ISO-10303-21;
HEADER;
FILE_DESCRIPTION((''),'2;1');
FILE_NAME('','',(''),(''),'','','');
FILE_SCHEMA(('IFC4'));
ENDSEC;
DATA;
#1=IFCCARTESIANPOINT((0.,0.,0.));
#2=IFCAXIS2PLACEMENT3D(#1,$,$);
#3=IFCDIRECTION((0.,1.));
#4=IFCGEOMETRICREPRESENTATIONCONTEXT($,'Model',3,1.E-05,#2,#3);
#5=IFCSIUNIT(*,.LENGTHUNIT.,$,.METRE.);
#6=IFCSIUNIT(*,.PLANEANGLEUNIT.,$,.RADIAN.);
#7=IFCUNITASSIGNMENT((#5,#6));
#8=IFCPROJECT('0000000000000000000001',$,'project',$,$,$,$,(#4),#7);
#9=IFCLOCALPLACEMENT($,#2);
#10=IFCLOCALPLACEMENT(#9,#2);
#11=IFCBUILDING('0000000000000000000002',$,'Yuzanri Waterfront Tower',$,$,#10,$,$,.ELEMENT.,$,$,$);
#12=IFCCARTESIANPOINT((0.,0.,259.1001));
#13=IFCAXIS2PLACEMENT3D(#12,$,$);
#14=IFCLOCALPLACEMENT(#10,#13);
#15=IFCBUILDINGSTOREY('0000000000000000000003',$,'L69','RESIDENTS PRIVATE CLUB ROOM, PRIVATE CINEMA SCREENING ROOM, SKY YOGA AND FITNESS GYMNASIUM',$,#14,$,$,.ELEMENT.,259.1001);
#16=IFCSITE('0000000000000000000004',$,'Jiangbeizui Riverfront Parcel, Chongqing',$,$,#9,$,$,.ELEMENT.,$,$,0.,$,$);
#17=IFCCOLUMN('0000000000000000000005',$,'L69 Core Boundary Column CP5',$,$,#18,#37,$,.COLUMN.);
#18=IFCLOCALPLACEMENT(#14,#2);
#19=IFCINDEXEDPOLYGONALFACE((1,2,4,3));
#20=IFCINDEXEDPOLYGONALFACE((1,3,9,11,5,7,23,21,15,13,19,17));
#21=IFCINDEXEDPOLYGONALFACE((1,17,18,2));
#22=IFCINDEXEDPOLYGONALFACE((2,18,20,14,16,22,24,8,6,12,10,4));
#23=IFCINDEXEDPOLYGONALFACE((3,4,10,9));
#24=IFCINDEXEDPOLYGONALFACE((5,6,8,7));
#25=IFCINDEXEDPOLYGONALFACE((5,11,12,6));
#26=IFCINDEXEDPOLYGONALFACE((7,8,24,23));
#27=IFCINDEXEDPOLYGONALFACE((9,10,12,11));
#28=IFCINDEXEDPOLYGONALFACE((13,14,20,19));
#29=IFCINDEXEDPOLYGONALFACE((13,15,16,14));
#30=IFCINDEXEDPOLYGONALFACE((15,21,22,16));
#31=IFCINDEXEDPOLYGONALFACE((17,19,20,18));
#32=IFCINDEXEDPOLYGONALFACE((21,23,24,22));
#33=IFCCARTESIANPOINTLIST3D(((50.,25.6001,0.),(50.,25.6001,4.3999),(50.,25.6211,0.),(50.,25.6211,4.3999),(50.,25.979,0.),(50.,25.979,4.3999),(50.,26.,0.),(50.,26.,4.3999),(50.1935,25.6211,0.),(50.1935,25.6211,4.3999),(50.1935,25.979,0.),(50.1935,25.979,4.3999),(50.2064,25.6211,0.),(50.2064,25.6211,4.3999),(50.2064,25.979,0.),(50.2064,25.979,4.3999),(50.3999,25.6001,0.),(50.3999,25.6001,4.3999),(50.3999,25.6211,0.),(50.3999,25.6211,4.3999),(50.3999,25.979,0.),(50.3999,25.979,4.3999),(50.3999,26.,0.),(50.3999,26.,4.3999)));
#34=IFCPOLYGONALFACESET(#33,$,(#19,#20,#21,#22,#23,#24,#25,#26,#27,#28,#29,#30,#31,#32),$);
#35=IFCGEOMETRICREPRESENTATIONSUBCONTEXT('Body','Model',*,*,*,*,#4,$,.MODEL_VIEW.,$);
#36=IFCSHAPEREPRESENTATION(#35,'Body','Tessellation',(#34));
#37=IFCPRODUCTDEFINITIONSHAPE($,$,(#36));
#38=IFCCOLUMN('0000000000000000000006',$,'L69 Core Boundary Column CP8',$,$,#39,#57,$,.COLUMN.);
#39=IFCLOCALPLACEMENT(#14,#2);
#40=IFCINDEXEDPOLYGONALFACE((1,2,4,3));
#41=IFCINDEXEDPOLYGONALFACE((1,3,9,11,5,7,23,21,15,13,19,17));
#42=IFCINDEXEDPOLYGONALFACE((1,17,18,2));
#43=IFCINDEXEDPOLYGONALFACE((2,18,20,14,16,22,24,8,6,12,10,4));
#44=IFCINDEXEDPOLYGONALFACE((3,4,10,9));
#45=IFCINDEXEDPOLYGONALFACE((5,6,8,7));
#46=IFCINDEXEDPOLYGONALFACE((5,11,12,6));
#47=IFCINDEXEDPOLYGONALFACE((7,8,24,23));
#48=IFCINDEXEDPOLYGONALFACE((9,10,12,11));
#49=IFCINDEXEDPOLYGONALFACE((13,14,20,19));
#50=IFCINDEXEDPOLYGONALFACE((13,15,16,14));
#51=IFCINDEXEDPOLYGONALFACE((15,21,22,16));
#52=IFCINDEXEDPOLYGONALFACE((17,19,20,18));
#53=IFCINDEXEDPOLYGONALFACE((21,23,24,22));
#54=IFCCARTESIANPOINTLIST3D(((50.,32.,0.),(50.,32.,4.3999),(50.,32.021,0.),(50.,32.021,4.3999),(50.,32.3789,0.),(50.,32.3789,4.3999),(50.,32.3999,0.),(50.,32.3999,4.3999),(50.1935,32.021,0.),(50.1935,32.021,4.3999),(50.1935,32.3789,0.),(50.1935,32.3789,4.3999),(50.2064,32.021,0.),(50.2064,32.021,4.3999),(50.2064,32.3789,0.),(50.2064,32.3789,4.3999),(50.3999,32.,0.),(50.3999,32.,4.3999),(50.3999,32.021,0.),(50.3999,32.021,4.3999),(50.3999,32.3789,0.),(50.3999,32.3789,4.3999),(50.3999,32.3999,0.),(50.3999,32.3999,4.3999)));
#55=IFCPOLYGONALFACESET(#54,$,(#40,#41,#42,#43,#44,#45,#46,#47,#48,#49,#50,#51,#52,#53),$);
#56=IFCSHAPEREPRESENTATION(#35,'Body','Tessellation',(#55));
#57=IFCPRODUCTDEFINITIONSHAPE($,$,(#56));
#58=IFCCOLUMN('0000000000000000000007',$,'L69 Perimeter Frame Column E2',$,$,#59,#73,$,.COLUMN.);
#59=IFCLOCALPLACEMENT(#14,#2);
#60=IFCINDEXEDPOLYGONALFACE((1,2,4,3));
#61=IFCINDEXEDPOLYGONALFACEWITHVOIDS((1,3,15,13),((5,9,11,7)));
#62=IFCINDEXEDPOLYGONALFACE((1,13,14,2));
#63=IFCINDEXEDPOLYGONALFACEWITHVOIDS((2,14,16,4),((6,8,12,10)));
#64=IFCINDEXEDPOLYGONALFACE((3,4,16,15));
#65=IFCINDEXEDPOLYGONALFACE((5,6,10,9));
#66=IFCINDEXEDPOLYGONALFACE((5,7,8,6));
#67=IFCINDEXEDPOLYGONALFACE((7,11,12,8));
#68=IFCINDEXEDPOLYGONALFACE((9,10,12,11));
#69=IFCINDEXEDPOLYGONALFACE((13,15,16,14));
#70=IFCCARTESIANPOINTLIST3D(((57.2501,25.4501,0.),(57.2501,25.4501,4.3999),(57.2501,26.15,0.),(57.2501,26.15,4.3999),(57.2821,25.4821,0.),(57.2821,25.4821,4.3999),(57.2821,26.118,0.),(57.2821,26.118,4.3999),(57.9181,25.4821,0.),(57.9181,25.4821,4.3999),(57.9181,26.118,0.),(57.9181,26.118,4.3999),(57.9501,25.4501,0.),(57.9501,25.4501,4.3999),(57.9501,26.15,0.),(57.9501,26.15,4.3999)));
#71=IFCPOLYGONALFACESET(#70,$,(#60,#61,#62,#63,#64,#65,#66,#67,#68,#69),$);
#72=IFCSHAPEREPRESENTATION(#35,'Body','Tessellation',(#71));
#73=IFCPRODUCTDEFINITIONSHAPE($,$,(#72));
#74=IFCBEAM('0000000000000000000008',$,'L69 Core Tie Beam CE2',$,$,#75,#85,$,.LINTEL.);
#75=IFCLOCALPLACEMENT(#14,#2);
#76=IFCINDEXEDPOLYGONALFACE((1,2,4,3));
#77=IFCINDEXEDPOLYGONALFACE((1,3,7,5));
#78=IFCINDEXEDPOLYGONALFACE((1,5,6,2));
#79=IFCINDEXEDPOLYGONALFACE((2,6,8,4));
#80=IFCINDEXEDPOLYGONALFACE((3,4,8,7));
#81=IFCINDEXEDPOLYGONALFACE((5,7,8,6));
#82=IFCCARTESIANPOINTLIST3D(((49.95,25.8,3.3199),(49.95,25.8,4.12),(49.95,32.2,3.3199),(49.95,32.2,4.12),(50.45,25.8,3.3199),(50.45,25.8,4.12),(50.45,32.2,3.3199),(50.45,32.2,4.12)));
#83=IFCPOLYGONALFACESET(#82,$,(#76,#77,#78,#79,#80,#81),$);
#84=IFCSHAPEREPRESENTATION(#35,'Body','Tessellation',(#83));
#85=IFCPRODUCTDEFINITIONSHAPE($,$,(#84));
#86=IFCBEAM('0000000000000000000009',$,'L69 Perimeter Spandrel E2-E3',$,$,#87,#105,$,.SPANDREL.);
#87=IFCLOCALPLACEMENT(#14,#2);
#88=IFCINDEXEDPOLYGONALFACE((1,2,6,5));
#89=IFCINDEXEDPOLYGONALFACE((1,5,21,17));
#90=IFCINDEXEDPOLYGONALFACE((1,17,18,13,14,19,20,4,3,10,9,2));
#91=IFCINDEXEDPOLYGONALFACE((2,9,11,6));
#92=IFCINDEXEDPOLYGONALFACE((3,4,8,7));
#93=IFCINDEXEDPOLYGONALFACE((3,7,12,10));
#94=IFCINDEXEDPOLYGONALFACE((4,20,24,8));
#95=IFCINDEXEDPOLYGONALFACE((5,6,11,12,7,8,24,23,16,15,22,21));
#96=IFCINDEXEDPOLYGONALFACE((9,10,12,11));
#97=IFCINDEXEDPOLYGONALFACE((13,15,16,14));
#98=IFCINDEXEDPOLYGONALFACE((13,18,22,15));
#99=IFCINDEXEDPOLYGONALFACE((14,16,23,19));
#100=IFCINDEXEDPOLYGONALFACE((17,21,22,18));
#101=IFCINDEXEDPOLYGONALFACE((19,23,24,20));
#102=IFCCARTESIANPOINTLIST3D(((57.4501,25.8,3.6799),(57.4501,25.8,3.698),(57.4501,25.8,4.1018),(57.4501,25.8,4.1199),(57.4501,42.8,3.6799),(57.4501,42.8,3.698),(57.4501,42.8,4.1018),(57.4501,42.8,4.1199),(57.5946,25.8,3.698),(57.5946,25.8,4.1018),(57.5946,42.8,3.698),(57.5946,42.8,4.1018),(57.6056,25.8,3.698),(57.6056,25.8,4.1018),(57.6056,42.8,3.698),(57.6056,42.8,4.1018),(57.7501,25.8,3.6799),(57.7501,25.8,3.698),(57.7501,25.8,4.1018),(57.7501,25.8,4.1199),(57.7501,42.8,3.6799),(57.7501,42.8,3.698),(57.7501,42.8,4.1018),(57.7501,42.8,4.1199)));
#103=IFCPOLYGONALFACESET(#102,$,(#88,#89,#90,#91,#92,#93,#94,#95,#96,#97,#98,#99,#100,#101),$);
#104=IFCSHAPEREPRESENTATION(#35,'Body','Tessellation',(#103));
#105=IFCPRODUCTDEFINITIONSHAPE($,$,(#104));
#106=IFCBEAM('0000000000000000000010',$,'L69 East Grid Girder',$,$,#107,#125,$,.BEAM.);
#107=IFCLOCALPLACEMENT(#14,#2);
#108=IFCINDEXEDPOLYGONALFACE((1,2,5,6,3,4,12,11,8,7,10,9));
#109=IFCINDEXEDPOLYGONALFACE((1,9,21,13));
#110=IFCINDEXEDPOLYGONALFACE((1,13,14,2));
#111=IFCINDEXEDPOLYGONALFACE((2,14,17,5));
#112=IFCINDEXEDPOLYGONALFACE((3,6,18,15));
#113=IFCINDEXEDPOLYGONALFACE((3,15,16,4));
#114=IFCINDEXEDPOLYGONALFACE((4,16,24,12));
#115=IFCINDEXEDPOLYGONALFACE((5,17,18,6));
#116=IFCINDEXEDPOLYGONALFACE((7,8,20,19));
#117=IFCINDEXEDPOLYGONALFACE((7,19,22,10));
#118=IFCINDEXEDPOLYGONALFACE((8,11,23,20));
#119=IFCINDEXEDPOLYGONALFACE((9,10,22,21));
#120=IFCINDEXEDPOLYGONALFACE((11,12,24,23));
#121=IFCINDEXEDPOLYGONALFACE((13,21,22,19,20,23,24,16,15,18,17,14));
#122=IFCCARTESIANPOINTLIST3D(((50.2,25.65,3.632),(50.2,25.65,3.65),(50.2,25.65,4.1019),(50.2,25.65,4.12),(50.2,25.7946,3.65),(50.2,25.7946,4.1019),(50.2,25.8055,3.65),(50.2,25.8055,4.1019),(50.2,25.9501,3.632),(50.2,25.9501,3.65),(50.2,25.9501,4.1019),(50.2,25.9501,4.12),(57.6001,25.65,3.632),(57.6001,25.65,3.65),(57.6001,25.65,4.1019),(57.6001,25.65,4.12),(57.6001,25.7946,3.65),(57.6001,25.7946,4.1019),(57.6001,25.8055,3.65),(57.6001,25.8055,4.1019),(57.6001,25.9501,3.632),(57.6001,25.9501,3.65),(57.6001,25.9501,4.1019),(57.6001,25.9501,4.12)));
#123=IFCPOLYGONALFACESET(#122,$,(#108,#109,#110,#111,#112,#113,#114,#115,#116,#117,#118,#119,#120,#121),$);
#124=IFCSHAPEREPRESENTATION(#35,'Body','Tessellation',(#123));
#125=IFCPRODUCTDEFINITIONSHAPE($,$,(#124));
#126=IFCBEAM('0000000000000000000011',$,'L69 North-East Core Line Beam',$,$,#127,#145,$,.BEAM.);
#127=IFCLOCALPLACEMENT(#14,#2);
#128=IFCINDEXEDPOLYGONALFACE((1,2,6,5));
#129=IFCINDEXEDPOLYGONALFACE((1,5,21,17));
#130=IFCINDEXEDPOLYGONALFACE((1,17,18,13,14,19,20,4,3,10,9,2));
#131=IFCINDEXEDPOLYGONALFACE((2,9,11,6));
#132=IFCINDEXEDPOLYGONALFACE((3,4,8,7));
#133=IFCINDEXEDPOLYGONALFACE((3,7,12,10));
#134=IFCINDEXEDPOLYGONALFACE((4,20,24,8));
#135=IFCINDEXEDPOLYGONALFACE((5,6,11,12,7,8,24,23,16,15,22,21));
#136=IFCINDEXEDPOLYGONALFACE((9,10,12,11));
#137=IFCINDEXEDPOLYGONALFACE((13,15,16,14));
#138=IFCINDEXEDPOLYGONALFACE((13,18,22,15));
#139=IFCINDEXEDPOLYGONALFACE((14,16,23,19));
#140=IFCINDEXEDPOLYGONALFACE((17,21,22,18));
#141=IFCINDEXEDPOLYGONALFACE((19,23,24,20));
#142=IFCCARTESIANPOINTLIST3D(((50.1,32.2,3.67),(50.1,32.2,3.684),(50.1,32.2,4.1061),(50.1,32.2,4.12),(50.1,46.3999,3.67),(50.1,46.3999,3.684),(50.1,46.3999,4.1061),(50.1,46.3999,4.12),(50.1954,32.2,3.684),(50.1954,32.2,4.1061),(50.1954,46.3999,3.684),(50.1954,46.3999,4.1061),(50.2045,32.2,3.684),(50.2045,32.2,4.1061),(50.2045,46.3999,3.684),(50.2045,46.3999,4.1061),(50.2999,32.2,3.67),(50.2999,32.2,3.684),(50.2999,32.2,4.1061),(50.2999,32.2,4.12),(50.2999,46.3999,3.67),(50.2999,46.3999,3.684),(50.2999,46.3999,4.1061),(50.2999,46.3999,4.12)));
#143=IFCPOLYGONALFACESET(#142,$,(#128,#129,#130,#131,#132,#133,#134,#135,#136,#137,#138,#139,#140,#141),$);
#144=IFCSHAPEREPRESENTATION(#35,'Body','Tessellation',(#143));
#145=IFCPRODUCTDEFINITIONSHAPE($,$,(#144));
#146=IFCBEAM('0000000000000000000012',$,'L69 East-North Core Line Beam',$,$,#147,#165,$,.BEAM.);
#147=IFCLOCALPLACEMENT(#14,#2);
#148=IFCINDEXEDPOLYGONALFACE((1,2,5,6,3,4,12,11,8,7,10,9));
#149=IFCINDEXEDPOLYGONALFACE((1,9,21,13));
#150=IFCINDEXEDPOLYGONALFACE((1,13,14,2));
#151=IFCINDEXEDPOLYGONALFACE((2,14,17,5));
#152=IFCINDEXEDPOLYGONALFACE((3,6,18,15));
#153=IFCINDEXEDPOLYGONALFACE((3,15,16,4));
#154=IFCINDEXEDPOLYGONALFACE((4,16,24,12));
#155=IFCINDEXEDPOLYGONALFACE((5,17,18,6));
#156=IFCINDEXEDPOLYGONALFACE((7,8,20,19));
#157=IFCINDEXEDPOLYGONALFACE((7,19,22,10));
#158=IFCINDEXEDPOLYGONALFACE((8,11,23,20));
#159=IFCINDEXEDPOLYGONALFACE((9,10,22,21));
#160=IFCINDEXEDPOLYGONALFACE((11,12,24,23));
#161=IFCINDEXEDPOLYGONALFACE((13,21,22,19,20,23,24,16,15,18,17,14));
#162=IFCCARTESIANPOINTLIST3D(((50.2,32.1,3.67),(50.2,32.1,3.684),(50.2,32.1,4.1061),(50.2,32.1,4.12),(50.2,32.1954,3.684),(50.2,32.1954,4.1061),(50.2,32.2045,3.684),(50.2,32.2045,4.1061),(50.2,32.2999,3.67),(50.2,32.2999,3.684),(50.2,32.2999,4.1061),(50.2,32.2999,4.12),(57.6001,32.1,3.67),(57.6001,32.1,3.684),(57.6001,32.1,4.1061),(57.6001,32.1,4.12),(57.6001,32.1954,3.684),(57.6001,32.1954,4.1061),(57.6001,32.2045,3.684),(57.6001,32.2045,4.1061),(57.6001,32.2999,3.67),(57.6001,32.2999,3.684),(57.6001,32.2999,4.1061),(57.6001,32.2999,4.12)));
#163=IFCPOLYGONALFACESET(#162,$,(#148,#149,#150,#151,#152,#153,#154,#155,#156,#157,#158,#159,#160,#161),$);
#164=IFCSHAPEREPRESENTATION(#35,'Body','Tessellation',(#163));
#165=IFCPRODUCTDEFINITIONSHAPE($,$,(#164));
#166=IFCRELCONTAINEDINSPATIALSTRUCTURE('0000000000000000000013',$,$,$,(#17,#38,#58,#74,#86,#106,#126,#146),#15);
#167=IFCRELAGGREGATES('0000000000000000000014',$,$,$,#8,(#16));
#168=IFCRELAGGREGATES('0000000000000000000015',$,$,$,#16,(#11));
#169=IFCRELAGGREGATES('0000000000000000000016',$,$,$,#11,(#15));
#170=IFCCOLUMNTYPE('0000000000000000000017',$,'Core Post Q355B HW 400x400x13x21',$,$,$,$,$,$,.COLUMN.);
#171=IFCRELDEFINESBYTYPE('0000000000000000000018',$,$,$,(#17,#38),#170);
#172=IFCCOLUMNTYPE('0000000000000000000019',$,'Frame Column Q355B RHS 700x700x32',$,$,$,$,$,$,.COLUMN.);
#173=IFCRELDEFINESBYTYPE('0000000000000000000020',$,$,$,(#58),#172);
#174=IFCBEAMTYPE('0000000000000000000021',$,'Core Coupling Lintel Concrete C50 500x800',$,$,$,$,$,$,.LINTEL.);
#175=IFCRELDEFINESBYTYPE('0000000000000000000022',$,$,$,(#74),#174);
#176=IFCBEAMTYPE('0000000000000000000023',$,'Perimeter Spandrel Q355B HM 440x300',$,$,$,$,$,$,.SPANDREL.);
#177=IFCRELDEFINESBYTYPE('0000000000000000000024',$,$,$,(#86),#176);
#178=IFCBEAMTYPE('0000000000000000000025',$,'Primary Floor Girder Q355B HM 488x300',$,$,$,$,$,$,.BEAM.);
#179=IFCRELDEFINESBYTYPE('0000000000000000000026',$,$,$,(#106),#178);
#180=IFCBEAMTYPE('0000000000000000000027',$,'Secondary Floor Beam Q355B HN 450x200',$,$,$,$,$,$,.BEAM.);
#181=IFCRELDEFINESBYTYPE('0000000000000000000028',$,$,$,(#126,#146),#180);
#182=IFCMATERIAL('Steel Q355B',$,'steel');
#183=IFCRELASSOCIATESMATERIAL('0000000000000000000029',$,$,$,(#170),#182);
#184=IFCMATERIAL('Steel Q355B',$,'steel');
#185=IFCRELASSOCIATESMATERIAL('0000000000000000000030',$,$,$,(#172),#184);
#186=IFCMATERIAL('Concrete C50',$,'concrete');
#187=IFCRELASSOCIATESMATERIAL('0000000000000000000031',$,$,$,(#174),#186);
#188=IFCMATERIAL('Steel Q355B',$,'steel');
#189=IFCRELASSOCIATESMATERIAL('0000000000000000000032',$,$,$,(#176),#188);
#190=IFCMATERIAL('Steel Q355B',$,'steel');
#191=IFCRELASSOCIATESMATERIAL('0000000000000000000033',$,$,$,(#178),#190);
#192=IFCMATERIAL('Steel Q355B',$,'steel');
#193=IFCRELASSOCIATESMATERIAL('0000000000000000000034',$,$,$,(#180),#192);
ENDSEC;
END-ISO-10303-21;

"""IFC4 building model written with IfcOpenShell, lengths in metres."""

from ifc_helpers import new_model, si_unit, direction, frame, origin, origin_2d, place, context, subcontext, project, spatial, rectangle, hollow_rectangle, i_section, extrude, source, transform, mapped, material, material_profile, profile_set, type_object, element, save


model = new_model("IFC4")

# Units and contexts
model_context = context("Model", 3, precision=1e-05, world=origin(), true_north=direction((0.0, 1.0)))
body_context = subcontext(model_context, "Body", "Model", "MODEL_VIEW")
ifc_project = project(units=[si_unit("LENGTHUNIT", "METRE"), si_unit("PLANEANGLEUNIT", "RADIAN")], contexts=[model_context])

# Site, building, storey
site_placement = place(None, origin())
site = spatial("IfcSite", under=ifc_project, at=site_placement, Name="Jiangbeizui Riverfront Parcel, Chongqing", CompositionType="ELEMENT", RefElevation=0.0)
building_placement = place(site_placement, origin())
building = spatial("IfcBuilding", under=site, at=building_placement, Name="Yuzanri Waterfront Tower", CompositionType="ELEMENT")
storey_placement = place(building_placement, frame((0.0, 0.0, 259.1001)))
storey = spatial("IfcBuildingStorey", under=building, at=storey_placement, Name="L69", Description="RESIDENTS PRIVATE CLUB ROOM, PRIVATE CINEMA SCREENING ROOM, SKY YOGA AND FITNESS GYMNASIUM", CompositionType="ELEMENT", Elevation=259.1001)

# Columns
ifc_material_1 = material(Name="Steel Q355B", Category="steel")
ifc_material_profile_1 = material_profile(ifc_material_1, i_section(OverallWidth=0.3999, OverallDepth=0.3999, WebThickness=0.0129, FlangeThickness=0.021, at=origin_2d()), Name="HW 400x400x13x21")
ifc_profile_set_1 = profile_set([ifc_material_profile_1], Name="Steel Q355B")
column_type_1 = type_object("IfcColumnType", Name="Core Post Q355B HW 400x400x13x21", PredefinedType="COLUMN", material=ifc_profile_set_1)
shared_shape_1 = source(origin(), body_context, "Body", "SweptSolid", [
    extrude(i_section(OverallWidth=0.3999, OverallDepth=0.3999, WebThickness=0.0129, FlangeThickness=0.021, at=origin_2d()), origin(), (0.0, 0.0, 1.0), 4.3999),
])
for number, where, z_axis, x_axis, name in (
    (1, (50.2, 25.8, 0.0), (0.0, 0.0, 1.0), (1.0, 0.0, 0.0), "L69 Core Boundary Column CP5"),
    (2, (50.2, 32.2, 0.0), (0.0, 0.0, 1.0), (1.0, 0.0, 0.0), "L69 Core Boundary Column CP8"),
):
    element("IfcColumn", number, at=place(storey_placement, frame(where, z_axis=z_axis, x_axis=x_axis)), inside=storey, type_object=column_type_1, Name=name, PredefinedType="COLUMN", context=body_context, shape_type="MappedRepresentation", body=[
        mapped(shared_shape_1, transform((0.0, 0.0, 0.0), scale=1.0)),
    ])
ifc_material_2 = material(Name="Steel Q355B", Category="steel")
ifc_material_profile_2 = material_profile(ifc_material_2, hollow_rectangle(XDim=0.7, YDim=0.7, WallThickness=0.032, at=origin_2d()), Name="RHS 700x700x32")
ifc_profile_set_2 = profile_set([ifc_material_profile_2], Name="Steel Q355B")
column_type_2 = type_object("IfcColumnType", Name="Frame Column Q355B RHS 700x700x32", PredefinedType="COLUMN", material=ifc_profile_set_2)
shared_shape_2 = source(origin(), body_context, "Body", "SweptSolid", [
    extrude(hollow_rectangle(XDim=0.7, YDim=0.7, WallThickness=0.032, at=origin_2d()), origin(), (0.0, 0.0, 1.0), 4.3999),
])
column_placement = place(storey_placement, frame((57.6001, 25.8, 0.0), z_axis=(0.0, 0.0, 1.0), x_axis=(1.0, 0.0, 0.0)))
element("IfcColumn", 3, at=column_placement, inside=storey, type_object=column_type_2, Name="L69 Perimeter Frame Column E2", PredefinedType="COLUMN", context=body_context, shape_type="MappedRepresentation", body=[
    mapped(shared_shape_2, transform((0.0, 0.0, 0.0), scale=1.0)),
])

# Beams
ifc_material_3 = material(Name="Concrete C50", Category="concrete")
ifc_material_profile_3 = material_profile(ifc_material_3, rectangle(XDim=0.5, YDim=0.8, at=origin_2d()), Name="RC 500x800")
ifc_profile_set_3 = profile_set([ifc_material_profile_3], Name="Concrete C50")
beam_type_1 = type_object("IfcBeamType", Name="Core Coupling Lintel Concrete C50 500x800", PredefinedType="LINTEL", material=ifc_profile_set_3)
shared_shape_3 = source(origin(), body_context, "Body", "SweptSolid", [
    extrude(rectangle(XDim=0.5, YDim=0.8, at=origin_2d()), origin(), (0.0, 0.0, 1.0), 6.3999),
])
beam_1_placement = place(storey_placement, frame((50.2, 25.8, 3.72), z_axis=(0.0, 1.0, 0.0), x_axis=(-1.0, 0.0, 0.0)))
element("IfcBeam", 4, at=beam_1_placement, inside=storey, type_object=beam_type_1, Name="L69 Core Tie Beam CE2", PredefinedType="LINTEL", context=body_context, shape_type="MappedRepresentation", body=[
    mapped(shared_shape_3, transform((0.0, 0.0, 0.0), scale=1.0)),
])
ifc_material_4 = material(Name="Steel Q355B", Category="steel")
ifc_material_profile_4 = material_profile(ifc_material_4, i_section(OverallWidth=0.3, OverallDepth=0.4399, WebThickness=0.011, FlangeThickness=0.0181, at=origin_2d()), Name="HM 440x300x11x18")
ifc_profile_set_4 = profile_set([ifc_material_profile_4], Name="Steel Q355B")
beam_type_2 = type_object("IfcBeamType", Name="Perimeter Spandrel Q355B HM 440x300", PredefinedType="SPANDREL", material=ifc_profile_set_4)
shared_shape_4 = source(origin(), body_context, "Body", "SweptSolid", [
    extrude(i_section(OverallWidth=0.3, OverallDepth=0.4399, WebThickness=0.011, FlangeThickness=0.0181, at=origin_2d()), origin(), (0.0, 0.0, 1.0), 17.0),
])
beam_2_placement = place(storey_placement, frame((57.6001, 25.8, 3.8999), z_axis=(0.0, 1.0, 0.0), x_axis=(-1.0, 0.0, 0.0)))
element("IfcBeam", 5, at=beam_2_placement, inside=storey, type_object=beam_type_2, Name="L69 Perimeter Spandrel E2-E3", PredefinedType="SPANDREL", context=body_context, shape_type="MappedRepresentation", body=[
    mapped(shared_shape_4, transform((0.0, 0.0, 0.0), scale=1.0)),
])
ifc_material_5 = material(Name="Steel Q355B", Category="steel")
ifc_material_profile_5 = material_profile(ifc_material_5, i_section(OverallWidth=0.3, OverallDepth=0.488, WebThickness=0.011, FlangeThickness=0.0181, at=origin_2d()), Name="HM 488x300x11x18")
ifc_profile_set_5 = profile_set([ifc_material_profile_5], Name="Steel Q355B")
beam_type_3 = type_object("IfcBeamType", Name="Primary Floor Girder Q355B HM 488x300", PredefinedType="BEAM", material=ifc_profile_set_5)
shared_shape_5 = source(origin(), body_context, "Body", "SweptSolid", [
    extrude(i_section(OverallWidth=0.3, OverallDepth=0.488, WebThickness=0.011, FlangeThickness=0.0181, at=origin_2d()), origin(), (0.0, 0.0, 1.0), 7.4001),
])
beam_3_placement = place(storey_placement, frame((50.2, 25.8, 3.876), z_axis=(1.0, 0.0, 0.0), x_axis=(0.0, 1.0, 0.0)))
element("IfcBeam", 6, at=beam_3_placement, inside=storey, type_object=beam_type_3, Name="L69 East Grid Girder", PredefinedType="BEAM", context=body_context, shape_type="MappedRepresentation", body=[
    mapped(shared_shape_5, transform((0.0, 0.0, 0.0), scale=1.0)),
])
ifc_material_6 = material(Name="Steel Q355B", Category="steel")
ifc_material_profile_6 = material_profile(ifc_material_6, i_section(OverallWidth=0.2, OverallDepth=0.45, WebThickness=0.009, FlangeThickness=0.0139, at=origin_2d()), Name="HN 450x200x9x14")
ifc_profile_set_6 = profile_set([ifc_material_profile_6], Name="Steel Q355B")
beam_type_4 = type_object("IfcBeamType", Name="Secondary Floor Beam Q355B HN 450x200", PredefinedType="BEAM", material=ifc_profile_set_6)
shared_shape_6 = source(origin(), body_context, "Body", "SweptSolid", [
    extrude(i_section(OverallWidth=0.2, OverallDepth=0.45, WebThickness=0.009, FlangeThickness=0.0139, at=origin_2d()), origin(), (0.0, 0.0, 1.0), 14.2),
])
beam_4_placement = place(storey_placement, frame((50.2, 32.2, 3.895), z_axis=(0.0, 1.0, 0.0), x_axis=(-1.0, 0.0, 0.0)))
element("IfcBeam", 7, at=beam_4_placement, inside=storey, type_object=beam_type_4, Name="L69 North-East Core Line Beam", PredefinedType="BEAM", context=body_context, shape_type="MappedRepresentation", body=[
    mapped(shared_shape_6, transform((0.0, 0.0, 0.0), scale=1.0)),
])
shared_shape_7 = source(origin(), body_context, "Body", "SweptSolid", [
    extrude(i_section(OverallWidth=0.2, OverallDepth=0.45, WebThickness=0.009, FlangeThickness=0.0139, at=origin_2d()), origin(), (0.0, 0.0, 1.0), 7.4001),
])
beam_5_placement = place(storey_placement, frame((50.2, 32.2, 3.895), z_axis=(1.0, 0.0, 0.0), x_axis=(0.0, 1.0, 0.0)))
element("IfcBeam", 8, at=beam_5_placement, inside=storey, type_object=beam_type_4, Name="L69 East-North Core Line Beam", PredefinedType="BEAM", context=body_context, shape_type="MappedRepresentation", body=[
    mapped(shared_shape_7, transform((0.0, 0.0, 0.0), scale=1.0)),
])

save(model, "model.ifc")
